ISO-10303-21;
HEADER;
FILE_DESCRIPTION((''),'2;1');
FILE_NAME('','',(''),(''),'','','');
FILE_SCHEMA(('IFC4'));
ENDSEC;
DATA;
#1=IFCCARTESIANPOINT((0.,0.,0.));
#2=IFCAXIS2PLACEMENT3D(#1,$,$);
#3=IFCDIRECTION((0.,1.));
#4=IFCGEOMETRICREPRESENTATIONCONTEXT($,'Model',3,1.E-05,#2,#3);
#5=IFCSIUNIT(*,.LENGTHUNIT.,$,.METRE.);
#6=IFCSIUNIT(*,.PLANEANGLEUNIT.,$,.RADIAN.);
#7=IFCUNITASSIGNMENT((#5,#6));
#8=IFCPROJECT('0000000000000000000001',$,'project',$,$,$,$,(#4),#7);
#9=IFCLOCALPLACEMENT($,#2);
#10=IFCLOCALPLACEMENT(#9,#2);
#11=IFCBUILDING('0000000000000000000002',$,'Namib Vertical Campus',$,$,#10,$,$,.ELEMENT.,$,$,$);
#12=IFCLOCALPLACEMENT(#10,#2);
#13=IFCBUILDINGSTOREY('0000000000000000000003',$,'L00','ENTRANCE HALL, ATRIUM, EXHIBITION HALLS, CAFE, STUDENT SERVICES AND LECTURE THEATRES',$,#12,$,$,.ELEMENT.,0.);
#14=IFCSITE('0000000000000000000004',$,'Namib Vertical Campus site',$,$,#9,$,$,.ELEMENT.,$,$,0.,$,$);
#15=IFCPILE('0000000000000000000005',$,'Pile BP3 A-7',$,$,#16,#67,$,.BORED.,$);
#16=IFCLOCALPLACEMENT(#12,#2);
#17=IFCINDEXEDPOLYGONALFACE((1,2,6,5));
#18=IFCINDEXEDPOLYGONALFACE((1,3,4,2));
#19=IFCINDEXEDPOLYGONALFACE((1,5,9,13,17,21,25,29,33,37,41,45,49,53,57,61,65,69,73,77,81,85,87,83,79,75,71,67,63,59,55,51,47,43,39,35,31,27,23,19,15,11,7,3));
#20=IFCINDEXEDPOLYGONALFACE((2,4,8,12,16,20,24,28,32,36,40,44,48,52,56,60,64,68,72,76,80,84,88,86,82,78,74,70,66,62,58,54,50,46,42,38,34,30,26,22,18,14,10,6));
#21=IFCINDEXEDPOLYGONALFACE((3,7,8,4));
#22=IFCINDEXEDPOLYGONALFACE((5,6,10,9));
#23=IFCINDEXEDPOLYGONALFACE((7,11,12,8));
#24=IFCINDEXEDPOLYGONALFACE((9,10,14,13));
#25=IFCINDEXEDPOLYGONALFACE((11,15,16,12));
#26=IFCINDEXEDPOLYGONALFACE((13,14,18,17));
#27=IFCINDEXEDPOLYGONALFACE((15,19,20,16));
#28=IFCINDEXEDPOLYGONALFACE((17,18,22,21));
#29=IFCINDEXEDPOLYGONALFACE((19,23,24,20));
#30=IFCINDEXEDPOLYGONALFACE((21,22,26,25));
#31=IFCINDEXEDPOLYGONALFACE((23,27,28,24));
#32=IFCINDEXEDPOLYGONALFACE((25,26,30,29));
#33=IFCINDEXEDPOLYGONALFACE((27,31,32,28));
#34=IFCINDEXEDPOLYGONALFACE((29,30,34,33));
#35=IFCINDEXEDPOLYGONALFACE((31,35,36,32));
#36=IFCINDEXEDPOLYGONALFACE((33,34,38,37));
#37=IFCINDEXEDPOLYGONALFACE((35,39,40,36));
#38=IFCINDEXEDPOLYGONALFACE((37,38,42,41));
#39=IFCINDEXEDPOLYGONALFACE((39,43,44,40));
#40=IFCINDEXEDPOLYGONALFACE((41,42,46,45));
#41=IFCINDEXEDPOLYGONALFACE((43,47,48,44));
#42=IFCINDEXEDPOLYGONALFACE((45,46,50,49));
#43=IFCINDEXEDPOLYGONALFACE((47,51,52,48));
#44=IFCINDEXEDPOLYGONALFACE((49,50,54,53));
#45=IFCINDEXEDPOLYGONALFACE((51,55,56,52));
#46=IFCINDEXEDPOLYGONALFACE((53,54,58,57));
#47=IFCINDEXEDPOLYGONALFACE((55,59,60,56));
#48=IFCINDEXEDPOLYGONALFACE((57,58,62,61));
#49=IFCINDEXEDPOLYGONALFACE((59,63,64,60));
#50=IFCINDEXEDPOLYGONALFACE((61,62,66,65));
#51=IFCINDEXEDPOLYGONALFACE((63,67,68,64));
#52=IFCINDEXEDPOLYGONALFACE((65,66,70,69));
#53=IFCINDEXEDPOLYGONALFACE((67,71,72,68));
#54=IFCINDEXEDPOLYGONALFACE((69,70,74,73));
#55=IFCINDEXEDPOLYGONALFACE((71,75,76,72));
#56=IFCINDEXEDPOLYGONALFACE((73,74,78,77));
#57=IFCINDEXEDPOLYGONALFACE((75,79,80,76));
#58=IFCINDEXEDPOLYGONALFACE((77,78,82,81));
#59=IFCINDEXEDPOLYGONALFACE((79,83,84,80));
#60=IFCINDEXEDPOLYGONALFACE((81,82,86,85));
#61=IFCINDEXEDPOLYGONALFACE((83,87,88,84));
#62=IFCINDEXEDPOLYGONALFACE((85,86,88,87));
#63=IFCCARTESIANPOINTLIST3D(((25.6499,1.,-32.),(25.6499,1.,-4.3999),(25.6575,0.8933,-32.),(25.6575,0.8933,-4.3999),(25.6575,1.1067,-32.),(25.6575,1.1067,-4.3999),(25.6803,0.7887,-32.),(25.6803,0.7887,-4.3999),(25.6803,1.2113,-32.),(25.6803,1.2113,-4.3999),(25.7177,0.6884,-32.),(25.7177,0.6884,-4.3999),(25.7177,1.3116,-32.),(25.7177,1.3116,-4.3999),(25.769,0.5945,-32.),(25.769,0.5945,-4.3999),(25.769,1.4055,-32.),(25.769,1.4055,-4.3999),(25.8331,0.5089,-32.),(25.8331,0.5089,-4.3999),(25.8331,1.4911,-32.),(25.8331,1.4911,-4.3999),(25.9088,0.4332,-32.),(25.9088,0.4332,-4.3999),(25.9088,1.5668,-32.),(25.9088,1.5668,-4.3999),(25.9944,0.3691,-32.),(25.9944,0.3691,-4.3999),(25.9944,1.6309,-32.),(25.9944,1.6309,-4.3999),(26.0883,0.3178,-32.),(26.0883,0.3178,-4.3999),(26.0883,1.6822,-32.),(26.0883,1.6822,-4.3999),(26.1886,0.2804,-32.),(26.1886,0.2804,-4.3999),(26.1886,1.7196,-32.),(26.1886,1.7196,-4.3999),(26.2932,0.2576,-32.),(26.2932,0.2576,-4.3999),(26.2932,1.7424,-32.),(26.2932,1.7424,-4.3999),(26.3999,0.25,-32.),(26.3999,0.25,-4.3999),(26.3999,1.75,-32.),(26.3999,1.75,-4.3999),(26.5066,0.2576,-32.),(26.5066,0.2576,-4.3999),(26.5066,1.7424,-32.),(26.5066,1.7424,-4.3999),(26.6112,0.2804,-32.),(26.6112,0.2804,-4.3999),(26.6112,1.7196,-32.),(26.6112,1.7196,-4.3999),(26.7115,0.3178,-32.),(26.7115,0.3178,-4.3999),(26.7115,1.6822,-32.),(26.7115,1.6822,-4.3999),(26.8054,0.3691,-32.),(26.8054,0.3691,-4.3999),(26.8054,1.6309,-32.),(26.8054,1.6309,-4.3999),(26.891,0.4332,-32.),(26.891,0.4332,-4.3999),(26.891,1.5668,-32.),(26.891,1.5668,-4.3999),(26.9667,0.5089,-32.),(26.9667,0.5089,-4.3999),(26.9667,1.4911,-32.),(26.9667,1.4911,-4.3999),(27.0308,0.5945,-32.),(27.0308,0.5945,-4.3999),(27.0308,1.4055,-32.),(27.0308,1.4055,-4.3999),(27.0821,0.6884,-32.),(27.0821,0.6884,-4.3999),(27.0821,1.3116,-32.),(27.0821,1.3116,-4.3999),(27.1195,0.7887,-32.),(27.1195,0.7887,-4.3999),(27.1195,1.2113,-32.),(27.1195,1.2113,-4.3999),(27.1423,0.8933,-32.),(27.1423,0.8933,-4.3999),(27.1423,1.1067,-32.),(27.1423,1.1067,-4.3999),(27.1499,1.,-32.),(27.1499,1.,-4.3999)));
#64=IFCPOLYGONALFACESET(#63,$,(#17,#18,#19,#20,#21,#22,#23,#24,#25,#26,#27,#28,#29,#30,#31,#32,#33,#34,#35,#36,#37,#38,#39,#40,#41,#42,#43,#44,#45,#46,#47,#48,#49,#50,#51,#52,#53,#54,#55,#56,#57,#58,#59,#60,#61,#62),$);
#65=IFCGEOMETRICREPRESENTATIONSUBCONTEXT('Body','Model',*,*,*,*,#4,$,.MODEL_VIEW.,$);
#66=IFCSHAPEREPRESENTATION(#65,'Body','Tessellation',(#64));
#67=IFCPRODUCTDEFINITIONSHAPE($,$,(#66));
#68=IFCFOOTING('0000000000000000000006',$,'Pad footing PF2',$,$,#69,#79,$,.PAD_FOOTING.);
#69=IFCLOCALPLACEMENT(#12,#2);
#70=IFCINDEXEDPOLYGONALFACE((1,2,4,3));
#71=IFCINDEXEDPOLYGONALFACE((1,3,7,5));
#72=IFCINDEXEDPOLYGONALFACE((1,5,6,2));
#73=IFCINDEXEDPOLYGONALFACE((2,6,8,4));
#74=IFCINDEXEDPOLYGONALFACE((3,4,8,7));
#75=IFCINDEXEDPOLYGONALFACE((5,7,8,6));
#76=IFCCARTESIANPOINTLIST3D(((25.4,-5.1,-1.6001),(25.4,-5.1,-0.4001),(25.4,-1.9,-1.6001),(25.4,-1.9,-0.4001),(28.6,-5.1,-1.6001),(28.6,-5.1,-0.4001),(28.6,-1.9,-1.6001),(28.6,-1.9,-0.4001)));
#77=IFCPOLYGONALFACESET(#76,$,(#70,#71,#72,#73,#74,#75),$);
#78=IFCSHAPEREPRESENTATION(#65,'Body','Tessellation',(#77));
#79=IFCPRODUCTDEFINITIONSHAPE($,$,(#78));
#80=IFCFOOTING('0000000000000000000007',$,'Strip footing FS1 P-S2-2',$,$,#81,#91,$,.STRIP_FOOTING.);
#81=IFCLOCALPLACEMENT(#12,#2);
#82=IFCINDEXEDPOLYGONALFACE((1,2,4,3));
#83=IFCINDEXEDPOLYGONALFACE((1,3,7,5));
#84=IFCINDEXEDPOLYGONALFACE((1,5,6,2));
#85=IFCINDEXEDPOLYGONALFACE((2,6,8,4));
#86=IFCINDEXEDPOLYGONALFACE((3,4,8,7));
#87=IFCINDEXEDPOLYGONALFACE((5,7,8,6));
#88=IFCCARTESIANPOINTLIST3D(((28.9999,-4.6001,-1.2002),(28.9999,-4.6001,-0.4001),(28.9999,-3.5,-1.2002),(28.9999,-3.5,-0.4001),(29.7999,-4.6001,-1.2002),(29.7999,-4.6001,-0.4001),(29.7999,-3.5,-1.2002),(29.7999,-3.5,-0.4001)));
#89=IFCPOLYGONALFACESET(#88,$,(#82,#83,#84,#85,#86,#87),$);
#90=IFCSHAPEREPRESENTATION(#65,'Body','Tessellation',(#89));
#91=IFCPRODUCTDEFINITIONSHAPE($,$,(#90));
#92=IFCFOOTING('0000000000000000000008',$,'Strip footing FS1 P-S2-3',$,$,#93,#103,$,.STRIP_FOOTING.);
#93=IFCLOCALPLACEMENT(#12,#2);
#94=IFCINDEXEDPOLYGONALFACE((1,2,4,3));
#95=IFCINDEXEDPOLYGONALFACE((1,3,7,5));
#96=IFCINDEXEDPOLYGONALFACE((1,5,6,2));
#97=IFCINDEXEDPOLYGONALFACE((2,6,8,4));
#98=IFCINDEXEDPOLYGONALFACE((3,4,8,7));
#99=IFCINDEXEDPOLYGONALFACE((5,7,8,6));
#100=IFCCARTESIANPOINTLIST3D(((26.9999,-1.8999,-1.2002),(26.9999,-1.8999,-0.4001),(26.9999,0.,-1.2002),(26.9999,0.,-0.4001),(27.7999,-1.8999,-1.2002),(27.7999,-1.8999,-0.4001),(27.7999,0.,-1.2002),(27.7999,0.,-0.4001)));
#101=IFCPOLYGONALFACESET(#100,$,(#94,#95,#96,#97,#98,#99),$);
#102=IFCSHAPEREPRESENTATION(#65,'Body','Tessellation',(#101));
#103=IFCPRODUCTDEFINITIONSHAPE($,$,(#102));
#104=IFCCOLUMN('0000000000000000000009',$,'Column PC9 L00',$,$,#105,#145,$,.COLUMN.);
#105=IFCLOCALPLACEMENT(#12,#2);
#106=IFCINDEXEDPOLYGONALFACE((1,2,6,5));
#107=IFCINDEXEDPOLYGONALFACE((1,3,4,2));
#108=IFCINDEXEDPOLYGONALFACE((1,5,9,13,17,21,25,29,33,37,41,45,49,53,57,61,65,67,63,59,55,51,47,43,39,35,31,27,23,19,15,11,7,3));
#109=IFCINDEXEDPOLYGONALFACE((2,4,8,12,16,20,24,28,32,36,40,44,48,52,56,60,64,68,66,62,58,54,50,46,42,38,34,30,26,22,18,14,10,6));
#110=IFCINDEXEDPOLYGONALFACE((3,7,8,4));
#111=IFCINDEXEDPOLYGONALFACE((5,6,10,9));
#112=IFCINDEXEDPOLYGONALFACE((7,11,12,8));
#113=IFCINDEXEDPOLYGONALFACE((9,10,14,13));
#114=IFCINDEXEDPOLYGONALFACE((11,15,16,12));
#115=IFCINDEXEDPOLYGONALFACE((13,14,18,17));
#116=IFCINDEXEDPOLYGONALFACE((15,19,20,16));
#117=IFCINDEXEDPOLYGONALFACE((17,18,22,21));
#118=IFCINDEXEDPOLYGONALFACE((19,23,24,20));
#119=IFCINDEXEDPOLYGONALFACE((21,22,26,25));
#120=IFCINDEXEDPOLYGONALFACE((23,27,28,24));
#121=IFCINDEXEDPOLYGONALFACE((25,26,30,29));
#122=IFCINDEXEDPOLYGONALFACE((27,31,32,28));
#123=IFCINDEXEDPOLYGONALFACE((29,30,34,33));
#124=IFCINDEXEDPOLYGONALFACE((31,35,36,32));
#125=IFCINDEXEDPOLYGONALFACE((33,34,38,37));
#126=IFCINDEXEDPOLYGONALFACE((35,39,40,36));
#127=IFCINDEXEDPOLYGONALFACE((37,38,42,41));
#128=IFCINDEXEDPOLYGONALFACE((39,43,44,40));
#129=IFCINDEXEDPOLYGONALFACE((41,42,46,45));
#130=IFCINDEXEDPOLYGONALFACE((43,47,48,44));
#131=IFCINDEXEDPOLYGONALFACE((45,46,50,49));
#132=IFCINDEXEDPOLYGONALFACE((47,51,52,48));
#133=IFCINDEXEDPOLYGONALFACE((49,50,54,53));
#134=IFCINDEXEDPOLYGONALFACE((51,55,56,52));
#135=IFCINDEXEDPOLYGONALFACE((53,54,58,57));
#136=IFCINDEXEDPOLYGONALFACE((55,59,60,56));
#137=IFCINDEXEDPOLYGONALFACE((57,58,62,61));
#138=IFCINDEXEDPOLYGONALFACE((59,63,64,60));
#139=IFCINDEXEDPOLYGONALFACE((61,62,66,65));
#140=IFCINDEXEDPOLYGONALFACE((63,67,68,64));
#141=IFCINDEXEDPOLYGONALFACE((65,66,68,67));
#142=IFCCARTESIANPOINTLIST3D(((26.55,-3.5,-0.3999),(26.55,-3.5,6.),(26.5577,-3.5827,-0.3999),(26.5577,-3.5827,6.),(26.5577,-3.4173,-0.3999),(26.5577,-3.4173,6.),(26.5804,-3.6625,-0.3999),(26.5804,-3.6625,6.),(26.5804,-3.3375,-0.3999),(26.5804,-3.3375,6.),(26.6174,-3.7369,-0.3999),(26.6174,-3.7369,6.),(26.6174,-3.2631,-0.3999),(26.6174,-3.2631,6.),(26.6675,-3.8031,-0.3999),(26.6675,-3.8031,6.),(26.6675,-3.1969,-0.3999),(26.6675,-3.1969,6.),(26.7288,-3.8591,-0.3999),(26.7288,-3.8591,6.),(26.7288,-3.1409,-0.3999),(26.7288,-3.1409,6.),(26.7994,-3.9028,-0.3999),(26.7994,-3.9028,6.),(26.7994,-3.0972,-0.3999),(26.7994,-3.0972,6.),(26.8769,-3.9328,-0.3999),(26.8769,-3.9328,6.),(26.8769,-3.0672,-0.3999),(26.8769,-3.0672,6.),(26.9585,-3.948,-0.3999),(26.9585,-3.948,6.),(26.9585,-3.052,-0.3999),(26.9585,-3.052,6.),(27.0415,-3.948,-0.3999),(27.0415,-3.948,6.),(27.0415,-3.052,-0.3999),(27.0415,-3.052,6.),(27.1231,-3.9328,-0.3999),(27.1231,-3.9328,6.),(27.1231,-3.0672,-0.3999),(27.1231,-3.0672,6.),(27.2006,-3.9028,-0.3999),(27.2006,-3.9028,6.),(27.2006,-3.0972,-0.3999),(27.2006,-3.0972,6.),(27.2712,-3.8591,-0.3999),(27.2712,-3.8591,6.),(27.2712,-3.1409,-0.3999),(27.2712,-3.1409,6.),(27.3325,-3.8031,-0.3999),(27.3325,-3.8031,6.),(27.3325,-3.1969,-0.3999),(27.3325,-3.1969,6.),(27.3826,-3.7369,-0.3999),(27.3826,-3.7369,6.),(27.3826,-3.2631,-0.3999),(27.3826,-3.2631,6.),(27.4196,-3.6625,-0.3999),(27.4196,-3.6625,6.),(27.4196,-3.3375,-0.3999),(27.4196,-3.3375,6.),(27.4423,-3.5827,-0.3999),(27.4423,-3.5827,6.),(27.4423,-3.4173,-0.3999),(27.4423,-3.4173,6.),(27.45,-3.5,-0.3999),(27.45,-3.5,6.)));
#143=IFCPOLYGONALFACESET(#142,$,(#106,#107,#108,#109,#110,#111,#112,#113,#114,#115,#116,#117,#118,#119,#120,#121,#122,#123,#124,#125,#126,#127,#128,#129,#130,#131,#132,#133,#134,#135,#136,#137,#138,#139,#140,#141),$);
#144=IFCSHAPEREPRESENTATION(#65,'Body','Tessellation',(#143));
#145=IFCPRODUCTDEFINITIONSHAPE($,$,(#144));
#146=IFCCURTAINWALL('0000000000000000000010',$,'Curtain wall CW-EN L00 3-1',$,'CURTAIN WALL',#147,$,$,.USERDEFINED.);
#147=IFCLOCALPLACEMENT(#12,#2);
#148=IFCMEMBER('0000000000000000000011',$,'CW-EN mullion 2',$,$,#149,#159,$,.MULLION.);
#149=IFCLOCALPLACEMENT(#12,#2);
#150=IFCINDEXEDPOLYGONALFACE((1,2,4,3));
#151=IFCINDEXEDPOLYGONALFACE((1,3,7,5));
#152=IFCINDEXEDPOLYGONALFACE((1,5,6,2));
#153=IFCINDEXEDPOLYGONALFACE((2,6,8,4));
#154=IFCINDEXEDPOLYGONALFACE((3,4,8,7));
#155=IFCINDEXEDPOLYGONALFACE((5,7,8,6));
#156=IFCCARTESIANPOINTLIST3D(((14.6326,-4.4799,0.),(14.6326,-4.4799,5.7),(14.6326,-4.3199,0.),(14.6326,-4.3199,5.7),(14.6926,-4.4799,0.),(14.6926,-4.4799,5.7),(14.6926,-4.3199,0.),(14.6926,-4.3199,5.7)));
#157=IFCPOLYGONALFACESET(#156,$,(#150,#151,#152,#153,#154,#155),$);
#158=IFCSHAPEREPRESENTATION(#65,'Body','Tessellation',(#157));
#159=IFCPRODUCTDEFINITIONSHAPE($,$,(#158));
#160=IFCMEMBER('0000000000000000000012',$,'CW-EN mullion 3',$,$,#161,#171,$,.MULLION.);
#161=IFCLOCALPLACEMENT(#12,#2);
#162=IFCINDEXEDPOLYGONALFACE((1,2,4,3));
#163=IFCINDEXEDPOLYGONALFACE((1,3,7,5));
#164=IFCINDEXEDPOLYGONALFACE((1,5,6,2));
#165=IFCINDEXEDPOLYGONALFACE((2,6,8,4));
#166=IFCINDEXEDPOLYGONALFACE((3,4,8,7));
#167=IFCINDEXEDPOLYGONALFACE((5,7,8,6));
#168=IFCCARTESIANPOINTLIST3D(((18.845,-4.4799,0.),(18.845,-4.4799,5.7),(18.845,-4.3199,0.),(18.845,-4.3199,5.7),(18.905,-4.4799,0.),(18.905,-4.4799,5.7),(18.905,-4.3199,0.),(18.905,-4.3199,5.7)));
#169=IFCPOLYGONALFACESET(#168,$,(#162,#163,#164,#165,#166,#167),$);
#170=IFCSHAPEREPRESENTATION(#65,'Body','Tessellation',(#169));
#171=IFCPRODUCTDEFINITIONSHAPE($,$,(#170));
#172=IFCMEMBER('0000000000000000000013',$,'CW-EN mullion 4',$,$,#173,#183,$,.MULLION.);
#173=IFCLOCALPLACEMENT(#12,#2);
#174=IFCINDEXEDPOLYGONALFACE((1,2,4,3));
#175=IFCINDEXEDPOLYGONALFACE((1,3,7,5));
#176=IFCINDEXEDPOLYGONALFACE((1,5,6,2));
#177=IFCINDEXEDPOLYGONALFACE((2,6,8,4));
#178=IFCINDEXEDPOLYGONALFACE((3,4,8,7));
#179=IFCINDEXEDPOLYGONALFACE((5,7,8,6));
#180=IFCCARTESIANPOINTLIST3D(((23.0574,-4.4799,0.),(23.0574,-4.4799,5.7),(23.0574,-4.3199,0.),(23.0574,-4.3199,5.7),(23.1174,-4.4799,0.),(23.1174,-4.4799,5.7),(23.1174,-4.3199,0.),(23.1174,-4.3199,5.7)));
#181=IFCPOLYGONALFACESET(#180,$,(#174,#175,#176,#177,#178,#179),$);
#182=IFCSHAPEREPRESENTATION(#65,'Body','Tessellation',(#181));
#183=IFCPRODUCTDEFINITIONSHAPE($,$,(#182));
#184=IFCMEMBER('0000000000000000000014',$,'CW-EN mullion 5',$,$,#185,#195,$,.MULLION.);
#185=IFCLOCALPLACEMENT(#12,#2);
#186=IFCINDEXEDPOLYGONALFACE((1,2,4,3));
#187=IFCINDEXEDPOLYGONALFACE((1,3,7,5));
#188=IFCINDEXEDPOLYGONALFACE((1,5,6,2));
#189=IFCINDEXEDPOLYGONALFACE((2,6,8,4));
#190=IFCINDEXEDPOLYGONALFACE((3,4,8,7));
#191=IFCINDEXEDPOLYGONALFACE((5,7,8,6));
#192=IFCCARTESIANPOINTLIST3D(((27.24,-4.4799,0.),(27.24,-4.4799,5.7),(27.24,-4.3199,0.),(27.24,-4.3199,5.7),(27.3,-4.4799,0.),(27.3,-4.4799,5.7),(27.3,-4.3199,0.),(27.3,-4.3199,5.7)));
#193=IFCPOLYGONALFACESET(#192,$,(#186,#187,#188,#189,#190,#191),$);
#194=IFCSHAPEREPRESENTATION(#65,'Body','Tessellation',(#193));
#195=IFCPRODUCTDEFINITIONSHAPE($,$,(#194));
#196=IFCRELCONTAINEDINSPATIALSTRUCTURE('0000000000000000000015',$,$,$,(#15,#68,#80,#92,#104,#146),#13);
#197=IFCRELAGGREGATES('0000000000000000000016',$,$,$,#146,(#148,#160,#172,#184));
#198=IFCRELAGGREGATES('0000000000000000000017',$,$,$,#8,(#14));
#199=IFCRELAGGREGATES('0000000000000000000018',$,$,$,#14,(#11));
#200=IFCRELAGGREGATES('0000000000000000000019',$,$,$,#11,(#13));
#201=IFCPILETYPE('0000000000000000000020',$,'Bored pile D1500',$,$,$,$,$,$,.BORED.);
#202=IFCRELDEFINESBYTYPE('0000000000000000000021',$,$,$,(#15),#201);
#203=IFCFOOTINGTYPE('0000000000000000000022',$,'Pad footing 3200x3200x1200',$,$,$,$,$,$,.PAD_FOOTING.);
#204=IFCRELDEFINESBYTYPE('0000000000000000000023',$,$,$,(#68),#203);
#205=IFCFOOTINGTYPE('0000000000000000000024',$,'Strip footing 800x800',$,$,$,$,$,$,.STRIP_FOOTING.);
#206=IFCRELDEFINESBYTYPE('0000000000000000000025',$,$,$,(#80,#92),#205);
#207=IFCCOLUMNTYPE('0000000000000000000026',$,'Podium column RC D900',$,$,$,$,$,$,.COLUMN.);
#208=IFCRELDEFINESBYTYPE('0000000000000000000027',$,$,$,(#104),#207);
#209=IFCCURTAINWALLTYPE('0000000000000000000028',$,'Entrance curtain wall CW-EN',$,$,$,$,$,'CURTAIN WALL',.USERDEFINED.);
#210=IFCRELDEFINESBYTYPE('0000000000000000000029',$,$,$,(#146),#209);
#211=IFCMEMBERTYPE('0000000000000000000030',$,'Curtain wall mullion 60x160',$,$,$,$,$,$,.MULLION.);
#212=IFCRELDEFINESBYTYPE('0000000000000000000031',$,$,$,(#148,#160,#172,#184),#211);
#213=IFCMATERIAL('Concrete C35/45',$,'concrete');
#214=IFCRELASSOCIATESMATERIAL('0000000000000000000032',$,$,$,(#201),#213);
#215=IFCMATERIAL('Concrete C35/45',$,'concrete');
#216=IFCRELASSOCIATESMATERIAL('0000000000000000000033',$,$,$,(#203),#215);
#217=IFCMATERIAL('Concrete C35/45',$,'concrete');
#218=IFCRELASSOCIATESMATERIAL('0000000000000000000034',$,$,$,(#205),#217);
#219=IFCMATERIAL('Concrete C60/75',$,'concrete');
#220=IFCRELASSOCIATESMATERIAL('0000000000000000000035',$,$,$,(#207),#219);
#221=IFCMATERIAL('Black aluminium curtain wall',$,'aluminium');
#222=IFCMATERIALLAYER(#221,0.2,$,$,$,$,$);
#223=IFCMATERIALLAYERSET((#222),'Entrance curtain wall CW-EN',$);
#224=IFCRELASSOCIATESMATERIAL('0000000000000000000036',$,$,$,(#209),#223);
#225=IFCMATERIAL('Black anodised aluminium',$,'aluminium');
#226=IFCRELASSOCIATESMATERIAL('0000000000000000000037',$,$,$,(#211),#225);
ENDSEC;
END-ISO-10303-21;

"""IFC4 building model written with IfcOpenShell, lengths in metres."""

from ifc_helpers import new_model, si_unit, direction, frame, origin, origin_2d, place, context, subcontext, project, spatial, rectangle, circle, extrude, material, layer, layer_set, material_profile, profile_set, type_object, element, aggregate, save


model = new_model("IFC4")

# Units and contexts
model_context = context("Model", 3, precision=1e-05, world=origin(), true_north=direction((0.0, 1.0)))
body_context = subcontext(model_context, "Body", "Model", "MODEL_VIEW")
ifc_project = project(units=[si_unit("LENGTHUNIT", "METRE"), si_unit("PLANEANGLEUNIT", "RADIAN")], contexts=[model_context])

# Site, building, storey
site_placement = place(None, origin())
site = spatial("IfcSite", under=ifc_project, at=site_placement, Name="Namib Vertical Campus site", CompositionType="ELEMENT", RefElevation=0.0)
building_placement = place(site_placement, origin())
building = spatial("IfcBuilding", under=site, at=building_placement, Name="Namib Vertical Campus", CompositionType="ELEMENT")
storey_placement = place(building_placement, origin())
storey = spatial("IfcBuildingStorey", under=building, at=storey_placement, Name="L00", Description="ENTRANCE HALL, ATRIUM, EXHIBITION HALLS, CAFE, STUDENT SERVICES AND LECTURE THEATRES", CompositionType="ELEMENT", Elevation=0.0)

# Pile
ifc_material_1 = material(Name="Concrete C35/45", Category="concrete")
ifc_material_profile_1 = material_profile(ifc_material_1, circle(Radius=0.75, at=origin_2d()))
ifc_profile_set_1 = profile_set([ifc_material_profile_1], Name="Concrete C35/45")
pile_type = type_object("IfcPileType", Name="Bored pile D1500", PredefinedType="BORED", material=ifc_profile_set_1)
for number, where, z_axis, x_axis, name in (
    (1, (26.3999, 1.0, -4.3999), (0.0, 0.0, -1.0), (1.0, 0.0, 0.0), "Pile BP3 A-7"),
):
    element("IfcPile", number, at=place(storey_placement, frame(where, z_axis=z_axis, x_axis=x_axis)), inside=storey, type_object=pile_type, Name=name, PredefinedType="BORED", context=body_context, shape_type="SweptSolid", body=[
        extrude(circle(Radius=0.75, at=origin_2d()), origin(), (0.0, 0.0, 1.0), 27.6001),
    ])

# Footings
ifc_material_2 = material(Name="Concrete C35/45", Category="concrete")
footing_type_1 = type_object("IfcFootingType", Name="Pad footing 3200x3200x1200", PredefinedType="PAD_FOOTING", material=ifc_material_2)
footing_1_placement = place(storey_placement, frame((27.0, -3.5, -1.6001), z_axis=(0.0, 0.0, 1.0), x_axis=(1.0, 0.0, 0.0)))
element("IfcFooting", 2, at=footing_1_placement, inside=storey, type_object=footing_type_1, Name="Pad footing PF2", PredefinedType="PAD_FOOTING", context=body_context, shape_type="SweptSolid", body=[
    extrude(rectangle(XDim=3.2, YDim=3.2, at=origin_2d()), origin(), (0.0, 0.0, 1.0), 1.2),
])
ifc_material_3 = material(Name="Concrete C35/45", Category="concrete")
footing_type_2 = type_object("IfcFootingType", Name="Strip footing 800x800", PredefinedType="STRIP_FOOTING", material=ifc_material_3)
footing_2_placement = place(storey_placement, frame((29.3999, -4.05, -1.2002), z_axis=(0.0, 0.0, 1.0), x_axis=(1.0, 0.0, 0.0)))
element("IfcFooting", 3, at=footing_2_placement, inside=storey, type_object=footing_type_2, Name="Strip footing FS1 P-S2-2", PredefinedType="STRIP_FOOTING", context=body_context, shape_type="SweptSolid", body=[
    extrude(rectangle(XDim=0.8, YDim=1.1001, at=origin_2d()), origin(), (0.0, 0.0, 1.0), 0.8),
])
footing_3_placement = place(storey_placement, frame((27.3999, -0.95, -1.2002), z_axis=(0.0, 0.0, 1.0), x_axis=(1.0, 0.0, 0.0)))
element("IfcFooting", 4, at=footing_3_placement, inside=storey, type_object=footing_type_2, Name="Strip footing FS1 P-S2-3", PredefinedType="STRIP_FOOTING", context=body_context, shape_type="SweptSolid", body=[
    extrude(rectangle(XDim=0.8, YDim=1.8999, at=origin_2d()), origin(), (0.0, 0.0, 1.0), 0.8),
])

# Column
ifc_material_4 = material(Name="Concrete C60/75", Category="concrete")
ifc_material_profile_2 = material_profile(ifc_material_4, circle(Radius=0.45, at=origin_2d()))
ifc_profile_set_2 = profile_set([ifc_material_profile_2], Name="Concrete C60/75")
column_type = type_object("IfcColumnType", Name="Podium column RC D900", PredefinedType="COLUMN", material=ifc_profile_set_2)
column_placement = place(storey_placement, frame((27.0, -3.5, -0.3999), z_axis=(0.0, 0.0, 1.0), x_axis=(1.0, 0.0, 0.0)))
element("IfcColumn", 5, at=column_placement, inside=storey, type_object=column_type, Name="Column PC9 L00", PredefinedType="COLUMN", context=body_context, shape_type="SweptSolid", body=[
    extrude(circle(Radius=0.45, at=origin_2d()), origin(), (0.0, 0.0, 1.0), 6.3999),
])

# Curtain wall, members
ifc_material_5 = material(Name="Black aluminium curtain wall", Category="aluminium")
ifc_layer_1 = layer(ifc_material_5, 0.2)
ifc_layer_set_1 = layer_set([ifc_layer_1], Name="Entrance curtain wall CW-EN")
curtain_wall_type = type_object("IfcCurtainWallType", Name="Entrance curtain wall CW-EN", ElementType="CURTAIN WALL", PredefinedType="USERDEFINED", material=ifc_layer_set_1)
curtain_wall_placement = place(storey_placement, origin())
curtain_wall = element("IfcCurtainWall", 6, at=curtain_wall_placement, inside=storey, type_object=curtain_wall_type, Name="Curtain wall CW-EN L00 3-1", ObjectType="CURTAIN WALL", PredefinedType="USERDEFINED")
ifc_material_6 = material(Name="Black anodised aluminium", Category="aluminium")
ifc_material_profile_3 = material_profile(ifc_material_6, rectangle(XDim=0.0601, YDim=0.1599, at=origin_2d()))
ifc_profile_set_3 = profile_set([ifc_material_profile_3], Name="Black anodised aluminium")
member_type_1 = type_object("IfcMemberType", Name="Curtain wall mullion 60x160", PredefinedType="MULLION", material=ifc_profile_set_3)
member_1_placement = place(storey_placement, frame((14.6626, -4.3999, 0.0), z_axis=(0.0, 0.0, 1.0), x_axis=(1.0, 0.0, 0.0)))
member_1 = element("IfcMember", 7, at=member_1_placement, type_object=member_type_1, Name="CW-EN mullion 2", PredefinedType="MULLION", context=body_context, shape_type="SweptSolid", body=[
    extrude(rectangle(XDim=0.0601, YDim=0.1599, at=origin_2d()), origin(), (0.0, 0.0, 1.0), 5.7),
])
member_2_placement = place(storey_placement, frame((18.875, -4.3999, 0.0), z_axis=(0.0, 0.0, 1.0), x_axis=(1.0, 0.0, 0.0)))
member_2 = element("IfcMember", 8, at=member_2_placement, type_object=member_type_1, Name="CW-EN mullion 3", PredefinedType="MULLION", context=body_context, shape_type="SweptSolid", body=[
    extrude(rectangle(XDim=0.0601, YDim=0.1599, at=origin_2d()), origin(), (0.0, 0.0, 1.0), 5.7),
])
member_3_placement = place(storey_placement, frame((23.0874, -4.3999, 0.0), z_axis=(0.0, 0.0, 1.0), x_axis=(1.0, 0.0, 0.0)))
member_3 = element("IfcMember", 9, at=member_3_placement, type_object=member_type_1, Name="CW-EN mullion 4", PredefinedType="MULLION", context=body_context, shape_type="SweptSolid", body=[
    extrude(rectangle(XDim=0.0601, YDim=0.1599, at=origin_2d()), origin(), (0.0, 0.0, 1.0), 5.7),
])
member_4_placement = place(storey_placement, frame((27.27, -4.3999, 0.0), z_axis=(0.0, 0.0, 1.0), x_axis=(1.0, 0.0, 0.0)))
member_4 = element("IfcMember", 10, at=member_4_placement, type_object=member_type_1, Name="CW-EN mullion 5", PredefinedType="MULLION", context=body_context, shape_type="SweptSolid", body=[
    extrude(rectangle(XDim=0.0601, YDim=0.1599, at=origin_2d()), origin(), (0.0, 0.0, 1.0), 5.7),
])

aggregate(curtain_wall, [member_1, member_2, member_3, member_4])

save(model, "model.ifc")
